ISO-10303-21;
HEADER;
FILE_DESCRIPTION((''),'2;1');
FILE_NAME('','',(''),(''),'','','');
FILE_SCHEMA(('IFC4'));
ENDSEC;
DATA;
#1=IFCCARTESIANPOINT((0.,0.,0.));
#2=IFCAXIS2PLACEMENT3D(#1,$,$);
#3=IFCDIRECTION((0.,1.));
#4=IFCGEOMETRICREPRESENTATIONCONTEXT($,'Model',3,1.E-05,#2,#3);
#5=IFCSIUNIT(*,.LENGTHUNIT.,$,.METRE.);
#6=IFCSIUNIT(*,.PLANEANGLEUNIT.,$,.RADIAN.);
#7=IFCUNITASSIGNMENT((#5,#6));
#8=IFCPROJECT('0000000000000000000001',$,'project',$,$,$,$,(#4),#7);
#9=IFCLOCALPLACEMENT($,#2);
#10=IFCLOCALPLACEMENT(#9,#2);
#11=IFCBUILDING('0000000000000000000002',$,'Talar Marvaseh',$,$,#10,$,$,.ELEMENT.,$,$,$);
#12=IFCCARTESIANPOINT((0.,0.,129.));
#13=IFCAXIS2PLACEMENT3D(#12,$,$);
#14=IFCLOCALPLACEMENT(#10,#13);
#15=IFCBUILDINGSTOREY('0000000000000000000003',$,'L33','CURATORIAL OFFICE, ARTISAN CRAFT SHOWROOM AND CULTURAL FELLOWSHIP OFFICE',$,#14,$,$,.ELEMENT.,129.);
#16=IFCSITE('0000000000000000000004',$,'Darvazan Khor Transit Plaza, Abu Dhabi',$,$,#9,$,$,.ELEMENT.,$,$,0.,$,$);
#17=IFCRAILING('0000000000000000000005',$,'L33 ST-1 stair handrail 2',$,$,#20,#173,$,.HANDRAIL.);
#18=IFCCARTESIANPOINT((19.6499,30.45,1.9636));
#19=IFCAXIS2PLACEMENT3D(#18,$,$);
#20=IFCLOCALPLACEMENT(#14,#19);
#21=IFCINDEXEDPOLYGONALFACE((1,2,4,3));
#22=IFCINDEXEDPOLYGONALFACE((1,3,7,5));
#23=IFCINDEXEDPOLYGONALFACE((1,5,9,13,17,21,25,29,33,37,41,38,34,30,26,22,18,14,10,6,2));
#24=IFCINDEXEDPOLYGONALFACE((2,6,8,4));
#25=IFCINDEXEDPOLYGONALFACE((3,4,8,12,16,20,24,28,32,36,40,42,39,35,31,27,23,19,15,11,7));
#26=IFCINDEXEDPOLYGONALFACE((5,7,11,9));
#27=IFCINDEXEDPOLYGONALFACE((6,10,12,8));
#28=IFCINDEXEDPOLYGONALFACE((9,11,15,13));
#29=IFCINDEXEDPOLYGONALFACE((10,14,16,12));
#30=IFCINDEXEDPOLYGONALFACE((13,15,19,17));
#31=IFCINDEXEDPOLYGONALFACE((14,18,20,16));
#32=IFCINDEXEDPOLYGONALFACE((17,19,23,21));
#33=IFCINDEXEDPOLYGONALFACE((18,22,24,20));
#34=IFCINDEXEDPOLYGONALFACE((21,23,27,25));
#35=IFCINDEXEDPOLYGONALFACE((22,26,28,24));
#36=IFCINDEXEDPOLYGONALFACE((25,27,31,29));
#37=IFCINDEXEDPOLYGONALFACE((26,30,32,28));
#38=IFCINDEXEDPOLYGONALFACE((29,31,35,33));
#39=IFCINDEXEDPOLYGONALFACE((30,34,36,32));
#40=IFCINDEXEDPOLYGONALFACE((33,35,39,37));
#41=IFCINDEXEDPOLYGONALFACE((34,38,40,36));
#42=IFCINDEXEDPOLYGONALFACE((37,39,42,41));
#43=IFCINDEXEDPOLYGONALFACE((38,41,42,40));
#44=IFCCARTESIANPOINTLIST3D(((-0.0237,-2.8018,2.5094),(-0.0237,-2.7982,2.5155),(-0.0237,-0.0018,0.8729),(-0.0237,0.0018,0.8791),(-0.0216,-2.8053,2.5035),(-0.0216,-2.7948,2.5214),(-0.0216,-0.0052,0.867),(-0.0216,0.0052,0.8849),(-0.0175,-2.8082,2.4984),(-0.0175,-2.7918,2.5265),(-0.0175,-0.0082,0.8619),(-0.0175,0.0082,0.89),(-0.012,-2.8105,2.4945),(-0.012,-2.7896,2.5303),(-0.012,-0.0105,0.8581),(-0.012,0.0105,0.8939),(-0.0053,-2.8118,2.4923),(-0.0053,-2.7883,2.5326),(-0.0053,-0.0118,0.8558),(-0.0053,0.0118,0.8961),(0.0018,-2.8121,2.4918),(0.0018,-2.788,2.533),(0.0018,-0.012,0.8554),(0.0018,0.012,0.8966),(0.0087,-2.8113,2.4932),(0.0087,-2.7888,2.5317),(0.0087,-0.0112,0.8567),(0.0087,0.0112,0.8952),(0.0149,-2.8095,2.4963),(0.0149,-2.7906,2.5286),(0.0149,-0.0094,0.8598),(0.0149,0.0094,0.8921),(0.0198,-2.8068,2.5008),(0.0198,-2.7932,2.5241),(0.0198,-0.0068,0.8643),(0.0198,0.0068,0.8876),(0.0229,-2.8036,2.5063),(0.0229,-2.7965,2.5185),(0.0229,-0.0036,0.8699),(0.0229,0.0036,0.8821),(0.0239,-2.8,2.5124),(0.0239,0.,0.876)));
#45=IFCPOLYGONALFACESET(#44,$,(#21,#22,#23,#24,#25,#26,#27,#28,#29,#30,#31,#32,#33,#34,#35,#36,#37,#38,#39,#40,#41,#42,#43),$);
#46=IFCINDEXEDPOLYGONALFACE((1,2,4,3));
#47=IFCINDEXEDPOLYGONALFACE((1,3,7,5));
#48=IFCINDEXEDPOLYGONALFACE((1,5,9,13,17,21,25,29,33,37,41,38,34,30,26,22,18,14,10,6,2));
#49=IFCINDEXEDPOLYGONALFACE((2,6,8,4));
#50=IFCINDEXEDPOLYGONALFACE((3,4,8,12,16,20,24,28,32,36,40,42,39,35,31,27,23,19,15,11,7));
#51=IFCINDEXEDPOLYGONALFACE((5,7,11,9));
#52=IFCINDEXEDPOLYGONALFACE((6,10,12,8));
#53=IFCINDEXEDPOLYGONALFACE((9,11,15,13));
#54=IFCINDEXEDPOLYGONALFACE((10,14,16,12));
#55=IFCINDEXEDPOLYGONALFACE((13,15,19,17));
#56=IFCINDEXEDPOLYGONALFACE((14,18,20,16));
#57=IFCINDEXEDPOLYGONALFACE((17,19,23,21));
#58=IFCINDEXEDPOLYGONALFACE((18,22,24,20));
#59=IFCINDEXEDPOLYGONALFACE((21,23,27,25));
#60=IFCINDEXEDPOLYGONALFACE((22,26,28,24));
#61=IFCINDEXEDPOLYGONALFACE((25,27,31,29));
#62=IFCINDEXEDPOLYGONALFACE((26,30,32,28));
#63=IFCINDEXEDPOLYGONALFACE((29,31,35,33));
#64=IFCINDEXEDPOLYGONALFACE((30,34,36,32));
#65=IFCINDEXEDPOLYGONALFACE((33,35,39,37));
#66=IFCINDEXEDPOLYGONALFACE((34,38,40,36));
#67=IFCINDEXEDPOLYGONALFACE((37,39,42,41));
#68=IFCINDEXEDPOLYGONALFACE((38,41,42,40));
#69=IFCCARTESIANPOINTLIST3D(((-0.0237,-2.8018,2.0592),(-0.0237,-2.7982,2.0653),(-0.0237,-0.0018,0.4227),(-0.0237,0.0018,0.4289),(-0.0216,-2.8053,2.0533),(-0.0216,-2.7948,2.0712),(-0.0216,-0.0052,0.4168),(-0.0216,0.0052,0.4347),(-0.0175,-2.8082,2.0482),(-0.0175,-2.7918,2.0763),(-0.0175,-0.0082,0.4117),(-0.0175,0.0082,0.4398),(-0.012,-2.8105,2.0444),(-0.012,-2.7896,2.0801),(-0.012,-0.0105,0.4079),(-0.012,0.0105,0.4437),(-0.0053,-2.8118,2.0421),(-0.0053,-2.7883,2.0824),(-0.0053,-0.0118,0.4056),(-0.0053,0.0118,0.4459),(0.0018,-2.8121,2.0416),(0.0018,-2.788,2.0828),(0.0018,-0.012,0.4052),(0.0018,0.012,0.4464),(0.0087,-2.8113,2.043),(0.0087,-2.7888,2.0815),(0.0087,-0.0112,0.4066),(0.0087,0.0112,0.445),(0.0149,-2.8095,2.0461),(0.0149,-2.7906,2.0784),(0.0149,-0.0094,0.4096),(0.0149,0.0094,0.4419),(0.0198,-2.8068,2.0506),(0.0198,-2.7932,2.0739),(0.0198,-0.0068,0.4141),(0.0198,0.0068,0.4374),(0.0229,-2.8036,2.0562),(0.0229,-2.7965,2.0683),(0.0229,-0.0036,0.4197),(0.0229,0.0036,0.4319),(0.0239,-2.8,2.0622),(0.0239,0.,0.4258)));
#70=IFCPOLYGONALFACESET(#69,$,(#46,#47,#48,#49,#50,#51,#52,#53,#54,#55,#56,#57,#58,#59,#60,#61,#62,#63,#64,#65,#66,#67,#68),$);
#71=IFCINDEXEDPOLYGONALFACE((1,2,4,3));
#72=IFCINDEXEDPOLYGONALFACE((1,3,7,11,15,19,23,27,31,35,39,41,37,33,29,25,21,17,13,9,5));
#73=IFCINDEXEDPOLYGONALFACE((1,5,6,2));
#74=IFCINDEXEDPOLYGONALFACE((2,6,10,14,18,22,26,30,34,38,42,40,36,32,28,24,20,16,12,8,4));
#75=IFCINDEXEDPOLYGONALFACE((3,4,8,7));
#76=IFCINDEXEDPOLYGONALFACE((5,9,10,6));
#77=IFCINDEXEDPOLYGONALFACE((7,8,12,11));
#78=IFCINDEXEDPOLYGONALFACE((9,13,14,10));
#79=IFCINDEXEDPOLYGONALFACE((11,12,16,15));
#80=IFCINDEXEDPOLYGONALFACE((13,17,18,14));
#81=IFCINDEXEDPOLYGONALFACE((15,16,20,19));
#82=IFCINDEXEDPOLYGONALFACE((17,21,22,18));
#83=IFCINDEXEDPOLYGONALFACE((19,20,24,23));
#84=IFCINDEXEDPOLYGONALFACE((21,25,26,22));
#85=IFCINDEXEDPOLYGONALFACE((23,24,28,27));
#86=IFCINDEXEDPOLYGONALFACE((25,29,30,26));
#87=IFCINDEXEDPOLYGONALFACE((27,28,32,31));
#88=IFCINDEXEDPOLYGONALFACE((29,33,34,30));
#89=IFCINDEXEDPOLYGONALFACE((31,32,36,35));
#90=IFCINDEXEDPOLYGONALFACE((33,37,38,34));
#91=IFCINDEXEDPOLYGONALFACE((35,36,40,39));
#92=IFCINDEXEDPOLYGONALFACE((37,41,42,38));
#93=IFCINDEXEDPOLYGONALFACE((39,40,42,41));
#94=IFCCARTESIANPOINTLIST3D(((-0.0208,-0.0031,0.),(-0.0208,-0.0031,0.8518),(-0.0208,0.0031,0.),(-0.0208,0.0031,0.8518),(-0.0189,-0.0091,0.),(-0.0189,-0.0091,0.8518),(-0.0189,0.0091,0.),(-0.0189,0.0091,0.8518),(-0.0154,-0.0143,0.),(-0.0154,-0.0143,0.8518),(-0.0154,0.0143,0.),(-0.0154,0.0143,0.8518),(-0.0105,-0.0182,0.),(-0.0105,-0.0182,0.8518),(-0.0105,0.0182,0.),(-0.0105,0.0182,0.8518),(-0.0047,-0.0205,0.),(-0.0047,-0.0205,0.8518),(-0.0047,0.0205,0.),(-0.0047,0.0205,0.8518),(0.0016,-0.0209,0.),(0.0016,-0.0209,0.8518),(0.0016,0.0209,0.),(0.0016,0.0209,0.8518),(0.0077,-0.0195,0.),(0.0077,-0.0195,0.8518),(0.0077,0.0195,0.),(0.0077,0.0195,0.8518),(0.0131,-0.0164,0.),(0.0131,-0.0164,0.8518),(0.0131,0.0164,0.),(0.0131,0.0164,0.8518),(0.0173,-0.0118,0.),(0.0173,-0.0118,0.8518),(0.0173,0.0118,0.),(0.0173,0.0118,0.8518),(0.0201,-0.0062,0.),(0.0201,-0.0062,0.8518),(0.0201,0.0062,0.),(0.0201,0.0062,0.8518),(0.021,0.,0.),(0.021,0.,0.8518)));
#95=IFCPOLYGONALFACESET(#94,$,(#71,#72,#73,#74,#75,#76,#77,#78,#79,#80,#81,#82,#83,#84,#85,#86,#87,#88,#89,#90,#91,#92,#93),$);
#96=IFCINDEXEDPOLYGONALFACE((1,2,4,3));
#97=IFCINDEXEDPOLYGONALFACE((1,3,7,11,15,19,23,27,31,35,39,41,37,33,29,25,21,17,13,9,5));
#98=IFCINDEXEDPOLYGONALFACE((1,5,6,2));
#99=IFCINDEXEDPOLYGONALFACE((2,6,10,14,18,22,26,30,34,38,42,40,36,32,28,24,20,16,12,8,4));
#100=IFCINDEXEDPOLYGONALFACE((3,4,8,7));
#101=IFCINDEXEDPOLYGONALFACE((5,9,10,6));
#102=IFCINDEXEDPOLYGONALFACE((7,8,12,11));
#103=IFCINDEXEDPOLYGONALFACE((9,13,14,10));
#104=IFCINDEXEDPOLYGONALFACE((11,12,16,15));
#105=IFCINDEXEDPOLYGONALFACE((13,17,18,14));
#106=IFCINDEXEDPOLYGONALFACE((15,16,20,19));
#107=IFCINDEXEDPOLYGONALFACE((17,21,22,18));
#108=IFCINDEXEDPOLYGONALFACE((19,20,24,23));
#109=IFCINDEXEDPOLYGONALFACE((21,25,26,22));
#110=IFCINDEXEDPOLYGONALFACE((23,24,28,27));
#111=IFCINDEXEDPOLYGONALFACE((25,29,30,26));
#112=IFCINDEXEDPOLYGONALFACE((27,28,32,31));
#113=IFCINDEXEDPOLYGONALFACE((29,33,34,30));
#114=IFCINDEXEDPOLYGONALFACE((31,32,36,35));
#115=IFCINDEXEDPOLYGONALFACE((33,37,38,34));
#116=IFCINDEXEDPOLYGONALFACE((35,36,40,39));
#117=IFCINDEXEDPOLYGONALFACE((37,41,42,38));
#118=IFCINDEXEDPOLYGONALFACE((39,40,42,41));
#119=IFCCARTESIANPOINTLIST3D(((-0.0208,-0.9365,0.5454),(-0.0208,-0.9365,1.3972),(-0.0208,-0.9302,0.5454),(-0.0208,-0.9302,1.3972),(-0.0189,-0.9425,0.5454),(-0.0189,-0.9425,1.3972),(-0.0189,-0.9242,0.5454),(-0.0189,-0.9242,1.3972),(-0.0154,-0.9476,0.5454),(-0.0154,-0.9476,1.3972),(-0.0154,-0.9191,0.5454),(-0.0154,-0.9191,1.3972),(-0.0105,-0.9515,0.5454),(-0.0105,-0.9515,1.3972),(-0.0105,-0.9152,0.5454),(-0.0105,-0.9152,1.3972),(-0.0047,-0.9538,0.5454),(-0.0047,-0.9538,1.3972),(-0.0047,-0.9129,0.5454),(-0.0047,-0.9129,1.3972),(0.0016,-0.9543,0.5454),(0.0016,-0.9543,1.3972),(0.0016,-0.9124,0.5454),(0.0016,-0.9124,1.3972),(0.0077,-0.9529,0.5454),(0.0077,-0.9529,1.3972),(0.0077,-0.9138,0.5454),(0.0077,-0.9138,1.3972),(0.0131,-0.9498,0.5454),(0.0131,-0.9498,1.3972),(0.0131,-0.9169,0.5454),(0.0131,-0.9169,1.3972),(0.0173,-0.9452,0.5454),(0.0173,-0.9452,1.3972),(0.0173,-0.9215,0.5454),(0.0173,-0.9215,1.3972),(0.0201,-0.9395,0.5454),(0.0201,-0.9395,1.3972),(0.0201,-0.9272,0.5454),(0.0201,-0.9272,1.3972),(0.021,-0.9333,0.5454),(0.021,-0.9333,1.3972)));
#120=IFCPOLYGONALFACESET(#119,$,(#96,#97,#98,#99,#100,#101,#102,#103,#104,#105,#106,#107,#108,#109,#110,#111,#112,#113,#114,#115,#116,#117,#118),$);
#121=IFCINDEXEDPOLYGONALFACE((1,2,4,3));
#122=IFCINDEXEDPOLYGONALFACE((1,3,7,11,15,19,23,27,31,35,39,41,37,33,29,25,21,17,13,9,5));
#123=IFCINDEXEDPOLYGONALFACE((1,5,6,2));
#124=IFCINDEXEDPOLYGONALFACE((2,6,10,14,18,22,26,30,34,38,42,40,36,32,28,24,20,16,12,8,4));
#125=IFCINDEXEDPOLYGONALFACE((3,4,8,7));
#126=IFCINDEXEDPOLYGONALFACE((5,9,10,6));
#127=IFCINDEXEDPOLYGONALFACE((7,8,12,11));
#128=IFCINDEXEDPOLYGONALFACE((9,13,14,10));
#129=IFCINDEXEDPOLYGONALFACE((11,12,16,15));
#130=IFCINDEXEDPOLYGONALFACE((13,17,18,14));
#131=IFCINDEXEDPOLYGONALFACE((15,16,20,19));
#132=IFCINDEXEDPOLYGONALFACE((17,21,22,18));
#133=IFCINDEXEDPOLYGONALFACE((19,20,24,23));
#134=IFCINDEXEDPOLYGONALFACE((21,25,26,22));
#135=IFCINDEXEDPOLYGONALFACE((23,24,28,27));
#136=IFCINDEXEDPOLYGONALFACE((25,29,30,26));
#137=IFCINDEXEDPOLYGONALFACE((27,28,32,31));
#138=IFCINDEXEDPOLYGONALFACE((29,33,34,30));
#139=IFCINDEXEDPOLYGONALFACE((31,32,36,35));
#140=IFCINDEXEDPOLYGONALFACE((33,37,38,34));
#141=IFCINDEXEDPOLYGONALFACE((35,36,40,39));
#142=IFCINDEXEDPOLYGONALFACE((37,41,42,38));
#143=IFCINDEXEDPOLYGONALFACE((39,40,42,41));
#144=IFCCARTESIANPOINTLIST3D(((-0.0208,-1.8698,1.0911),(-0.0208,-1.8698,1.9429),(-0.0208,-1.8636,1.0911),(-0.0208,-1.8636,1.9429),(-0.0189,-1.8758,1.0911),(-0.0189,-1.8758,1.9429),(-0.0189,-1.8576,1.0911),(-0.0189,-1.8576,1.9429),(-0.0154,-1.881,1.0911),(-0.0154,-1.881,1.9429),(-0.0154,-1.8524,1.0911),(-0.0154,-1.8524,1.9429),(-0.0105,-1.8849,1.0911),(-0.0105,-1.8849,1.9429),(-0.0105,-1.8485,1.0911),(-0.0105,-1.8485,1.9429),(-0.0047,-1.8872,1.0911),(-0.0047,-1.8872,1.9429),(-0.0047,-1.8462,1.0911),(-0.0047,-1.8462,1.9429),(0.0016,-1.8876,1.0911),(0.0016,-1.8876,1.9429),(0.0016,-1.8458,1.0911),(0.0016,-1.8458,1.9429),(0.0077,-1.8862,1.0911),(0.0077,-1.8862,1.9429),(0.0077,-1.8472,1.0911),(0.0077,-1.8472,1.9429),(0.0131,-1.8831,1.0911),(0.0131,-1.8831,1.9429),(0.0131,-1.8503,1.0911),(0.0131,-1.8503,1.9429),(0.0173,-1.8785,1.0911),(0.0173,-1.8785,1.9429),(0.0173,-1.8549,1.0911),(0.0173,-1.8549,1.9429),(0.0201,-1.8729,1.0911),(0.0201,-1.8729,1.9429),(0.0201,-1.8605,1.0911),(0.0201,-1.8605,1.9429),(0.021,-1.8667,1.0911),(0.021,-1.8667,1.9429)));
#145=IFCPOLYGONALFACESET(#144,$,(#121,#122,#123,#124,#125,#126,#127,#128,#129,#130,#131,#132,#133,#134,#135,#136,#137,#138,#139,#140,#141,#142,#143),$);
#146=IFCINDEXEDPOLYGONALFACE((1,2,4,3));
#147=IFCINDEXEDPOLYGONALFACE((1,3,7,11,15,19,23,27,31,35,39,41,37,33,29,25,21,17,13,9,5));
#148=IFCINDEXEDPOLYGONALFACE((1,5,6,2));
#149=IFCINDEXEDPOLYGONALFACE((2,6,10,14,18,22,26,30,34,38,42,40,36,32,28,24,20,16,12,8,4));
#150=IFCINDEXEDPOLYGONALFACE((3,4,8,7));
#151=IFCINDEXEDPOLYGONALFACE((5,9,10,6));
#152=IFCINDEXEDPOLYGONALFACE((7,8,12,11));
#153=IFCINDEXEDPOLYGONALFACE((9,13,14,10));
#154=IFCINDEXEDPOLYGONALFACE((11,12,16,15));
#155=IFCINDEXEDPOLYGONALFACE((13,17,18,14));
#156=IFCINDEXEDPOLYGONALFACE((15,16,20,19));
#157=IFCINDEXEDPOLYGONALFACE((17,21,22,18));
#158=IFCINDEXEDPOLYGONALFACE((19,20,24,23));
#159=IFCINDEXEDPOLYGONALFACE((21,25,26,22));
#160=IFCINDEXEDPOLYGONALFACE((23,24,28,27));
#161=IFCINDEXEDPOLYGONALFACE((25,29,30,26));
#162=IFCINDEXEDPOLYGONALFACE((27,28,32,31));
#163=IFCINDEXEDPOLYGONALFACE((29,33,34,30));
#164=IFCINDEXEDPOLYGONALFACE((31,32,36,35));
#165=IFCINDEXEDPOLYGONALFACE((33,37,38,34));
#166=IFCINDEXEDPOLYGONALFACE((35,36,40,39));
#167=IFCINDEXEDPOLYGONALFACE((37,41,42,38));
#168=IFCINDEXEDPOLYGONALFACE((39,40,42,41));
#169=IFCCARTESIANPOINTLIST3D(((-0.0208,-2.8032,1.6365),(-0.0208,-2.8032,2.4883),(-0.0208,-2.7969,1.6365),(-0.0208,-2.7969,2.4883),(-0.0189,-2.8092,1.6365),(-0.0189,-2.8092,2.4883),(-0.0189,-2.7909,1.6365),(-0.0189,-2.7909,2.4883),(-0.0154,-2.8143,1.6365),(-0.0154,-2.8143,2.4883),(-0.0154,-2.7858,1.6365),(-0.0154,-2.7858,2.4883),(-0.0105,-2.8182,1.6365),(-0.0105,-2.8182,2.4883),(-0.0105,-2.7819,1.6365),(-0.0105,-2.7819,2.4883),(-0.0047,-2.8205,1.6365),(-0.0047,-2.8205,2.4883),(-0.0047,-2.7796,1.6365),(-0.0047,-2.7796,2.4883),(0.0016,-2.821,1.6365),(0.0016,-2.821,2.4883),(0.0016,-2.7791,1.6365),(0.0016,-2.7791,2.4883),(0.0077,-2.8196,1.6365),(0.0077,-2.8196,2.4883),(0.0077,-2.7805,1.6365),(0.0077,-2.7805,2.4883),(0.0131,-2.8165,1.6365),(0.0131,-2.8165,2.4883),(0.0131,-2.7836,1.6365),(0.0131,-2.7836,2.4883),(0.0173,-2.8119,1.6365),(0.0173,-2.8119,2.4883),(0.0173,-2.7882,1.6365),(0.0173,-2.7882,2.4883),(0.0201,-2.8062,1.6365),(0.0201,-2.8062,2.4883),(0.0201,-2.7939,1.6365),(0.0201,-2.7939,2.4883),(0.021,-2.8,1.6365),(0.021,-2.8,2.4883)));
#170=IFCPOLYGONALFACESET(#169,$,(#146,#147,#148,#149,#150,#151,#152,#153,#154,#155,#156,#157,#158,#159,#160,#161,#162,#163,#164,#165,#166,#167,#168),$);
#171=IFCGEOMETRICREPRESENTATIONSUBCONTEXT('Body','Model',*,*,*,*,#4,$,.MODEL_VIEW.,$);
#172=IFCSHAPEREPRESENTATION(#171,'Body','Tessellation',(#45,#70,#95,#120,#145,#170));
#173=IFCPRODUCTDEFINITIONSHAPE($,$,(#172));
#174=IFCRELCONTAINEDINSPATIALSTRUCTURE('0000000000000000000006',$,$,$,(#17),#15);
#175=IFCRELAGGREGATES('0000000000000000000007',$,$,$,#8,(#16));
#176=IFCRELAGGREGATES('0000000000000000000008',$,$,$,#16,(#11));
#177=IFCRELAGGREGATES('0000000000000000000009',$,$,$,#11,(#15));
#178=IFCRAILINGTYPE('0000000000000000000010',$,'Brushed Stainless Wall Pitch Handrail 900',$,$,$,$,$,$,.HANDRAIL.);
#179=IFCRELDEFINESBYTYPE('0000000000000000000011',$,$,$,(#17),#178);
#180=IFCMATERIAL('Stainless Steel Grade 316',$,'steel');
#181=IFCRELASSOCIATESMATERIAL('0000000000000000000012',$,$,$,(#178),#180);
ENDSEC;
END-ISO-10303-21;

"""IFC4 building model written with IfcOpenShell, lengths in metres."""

from ifc_helpers import new_model, si_unit, direction, frame, origin, origin_2d, place, context, subcontext, project, spatial, circle, extrude, material, type_object, element, save


model = new_model("IFC4")

# Units and contexts
model_context = context("Model", 3, precision=1e-05, world=origin(), true_north=direction((0.0, 1.0)))
body_context = subcontext(model_context, "Body", "Model", "MODEL_VIEW")
ifc_project = project(units=[si_unit("LENGTHUNIT", "METRE"), si_unit("PLANEANGLEUNIT", "RADIAN")], contexts=[model_context])

# Site, building, storey
site_placement = place(None, origin())
site = spatial("IfcSite", under=ifc_project, at=site_placement, Name="Darvazan Khor Transit Plaza, Abu Dhabi", CompositionType="ELEMENT", RefElevation=0.0)
building_placement = place(site_placement, origin())
building = spatial("IfcBuilding", under=site, at=building_placement, Name="Talar Marvaseh", CompositionType="ELEMENT")
storey_placement = place(building_placement, frame((0.0, 0.0, 129.0)))
storey = spatial("IfcBuildingStorey", under=building, at=storey_placement, Name="L33", Description="CURATORIAL OFFICE, ARTISAN CRAFT SHOWROOM AND CULTURAL FELLOWSHIP OFFICE", CompositionType="ELEMENT", Elevation=129.0)

# Railing
ifc_material_1 = material(Name="Stainless Steel Grade 316", Category="steel")
railing_type_1 = type_object("IfcRailingType", Name="Brushed Stainless Wall Pitch Handrail 900", PredefinedType="HANDRAIL", material=ifc_material_1)
railing_1_placement = place(storey_placement, frame((19.6499, 30.45, 1.9636)))
element("IfcRailing", 1, at=railing_1_placement, inside=storey, type_object=railing_type_1, Name="L33 ST-1 stair handrail 2", PredefinedType="HANDRAIL", context=body_context, shape_type="SweptSolid", body=[
    extrude(circle(Radius=0.0239, at=origin_2d()), frame((0.0, 0.0, 0.876), z_axis=(0.0, -0.863361, 0.504587), x_axis=(1.0, 0.0, 0.0)), (0.0, 0.0, 1.0), 3.2432),
    extrude(circle(Radius=0.0239, at=origin_2d()), frame((0.0, 0.0, 0.4258), z_axis=(0.0, -0.863361, 0.504587), x_axis=(1.0, 0.0, 0.0)), (0.0, 0.0, 1.0), 3.2432),
    extrude(circle(Radius=0.021, at=origin_2d()), origin(), (0.0, 0.0, 1.0), 0.8518),
    extrude(circle(Radius=0.021, at=origin_2d()), frame((0.0, -0.9333, 0.5454)), (0.0, 0.0, 1.0), 0.8518),
    extrude(circle(Radius=0.021, at=origin_2d()), frame((0.0, -1.8667, 1.0911)), (0.0, 0.0, 1.0), 0.8518),
    extrude(circle(Radius=0.021, at=origin_2d()), frame((0.0, -2.8, 1.6365)), (0.0, 0.0, 1.0), 0.8518),
])

save(model, "model.ifc")
